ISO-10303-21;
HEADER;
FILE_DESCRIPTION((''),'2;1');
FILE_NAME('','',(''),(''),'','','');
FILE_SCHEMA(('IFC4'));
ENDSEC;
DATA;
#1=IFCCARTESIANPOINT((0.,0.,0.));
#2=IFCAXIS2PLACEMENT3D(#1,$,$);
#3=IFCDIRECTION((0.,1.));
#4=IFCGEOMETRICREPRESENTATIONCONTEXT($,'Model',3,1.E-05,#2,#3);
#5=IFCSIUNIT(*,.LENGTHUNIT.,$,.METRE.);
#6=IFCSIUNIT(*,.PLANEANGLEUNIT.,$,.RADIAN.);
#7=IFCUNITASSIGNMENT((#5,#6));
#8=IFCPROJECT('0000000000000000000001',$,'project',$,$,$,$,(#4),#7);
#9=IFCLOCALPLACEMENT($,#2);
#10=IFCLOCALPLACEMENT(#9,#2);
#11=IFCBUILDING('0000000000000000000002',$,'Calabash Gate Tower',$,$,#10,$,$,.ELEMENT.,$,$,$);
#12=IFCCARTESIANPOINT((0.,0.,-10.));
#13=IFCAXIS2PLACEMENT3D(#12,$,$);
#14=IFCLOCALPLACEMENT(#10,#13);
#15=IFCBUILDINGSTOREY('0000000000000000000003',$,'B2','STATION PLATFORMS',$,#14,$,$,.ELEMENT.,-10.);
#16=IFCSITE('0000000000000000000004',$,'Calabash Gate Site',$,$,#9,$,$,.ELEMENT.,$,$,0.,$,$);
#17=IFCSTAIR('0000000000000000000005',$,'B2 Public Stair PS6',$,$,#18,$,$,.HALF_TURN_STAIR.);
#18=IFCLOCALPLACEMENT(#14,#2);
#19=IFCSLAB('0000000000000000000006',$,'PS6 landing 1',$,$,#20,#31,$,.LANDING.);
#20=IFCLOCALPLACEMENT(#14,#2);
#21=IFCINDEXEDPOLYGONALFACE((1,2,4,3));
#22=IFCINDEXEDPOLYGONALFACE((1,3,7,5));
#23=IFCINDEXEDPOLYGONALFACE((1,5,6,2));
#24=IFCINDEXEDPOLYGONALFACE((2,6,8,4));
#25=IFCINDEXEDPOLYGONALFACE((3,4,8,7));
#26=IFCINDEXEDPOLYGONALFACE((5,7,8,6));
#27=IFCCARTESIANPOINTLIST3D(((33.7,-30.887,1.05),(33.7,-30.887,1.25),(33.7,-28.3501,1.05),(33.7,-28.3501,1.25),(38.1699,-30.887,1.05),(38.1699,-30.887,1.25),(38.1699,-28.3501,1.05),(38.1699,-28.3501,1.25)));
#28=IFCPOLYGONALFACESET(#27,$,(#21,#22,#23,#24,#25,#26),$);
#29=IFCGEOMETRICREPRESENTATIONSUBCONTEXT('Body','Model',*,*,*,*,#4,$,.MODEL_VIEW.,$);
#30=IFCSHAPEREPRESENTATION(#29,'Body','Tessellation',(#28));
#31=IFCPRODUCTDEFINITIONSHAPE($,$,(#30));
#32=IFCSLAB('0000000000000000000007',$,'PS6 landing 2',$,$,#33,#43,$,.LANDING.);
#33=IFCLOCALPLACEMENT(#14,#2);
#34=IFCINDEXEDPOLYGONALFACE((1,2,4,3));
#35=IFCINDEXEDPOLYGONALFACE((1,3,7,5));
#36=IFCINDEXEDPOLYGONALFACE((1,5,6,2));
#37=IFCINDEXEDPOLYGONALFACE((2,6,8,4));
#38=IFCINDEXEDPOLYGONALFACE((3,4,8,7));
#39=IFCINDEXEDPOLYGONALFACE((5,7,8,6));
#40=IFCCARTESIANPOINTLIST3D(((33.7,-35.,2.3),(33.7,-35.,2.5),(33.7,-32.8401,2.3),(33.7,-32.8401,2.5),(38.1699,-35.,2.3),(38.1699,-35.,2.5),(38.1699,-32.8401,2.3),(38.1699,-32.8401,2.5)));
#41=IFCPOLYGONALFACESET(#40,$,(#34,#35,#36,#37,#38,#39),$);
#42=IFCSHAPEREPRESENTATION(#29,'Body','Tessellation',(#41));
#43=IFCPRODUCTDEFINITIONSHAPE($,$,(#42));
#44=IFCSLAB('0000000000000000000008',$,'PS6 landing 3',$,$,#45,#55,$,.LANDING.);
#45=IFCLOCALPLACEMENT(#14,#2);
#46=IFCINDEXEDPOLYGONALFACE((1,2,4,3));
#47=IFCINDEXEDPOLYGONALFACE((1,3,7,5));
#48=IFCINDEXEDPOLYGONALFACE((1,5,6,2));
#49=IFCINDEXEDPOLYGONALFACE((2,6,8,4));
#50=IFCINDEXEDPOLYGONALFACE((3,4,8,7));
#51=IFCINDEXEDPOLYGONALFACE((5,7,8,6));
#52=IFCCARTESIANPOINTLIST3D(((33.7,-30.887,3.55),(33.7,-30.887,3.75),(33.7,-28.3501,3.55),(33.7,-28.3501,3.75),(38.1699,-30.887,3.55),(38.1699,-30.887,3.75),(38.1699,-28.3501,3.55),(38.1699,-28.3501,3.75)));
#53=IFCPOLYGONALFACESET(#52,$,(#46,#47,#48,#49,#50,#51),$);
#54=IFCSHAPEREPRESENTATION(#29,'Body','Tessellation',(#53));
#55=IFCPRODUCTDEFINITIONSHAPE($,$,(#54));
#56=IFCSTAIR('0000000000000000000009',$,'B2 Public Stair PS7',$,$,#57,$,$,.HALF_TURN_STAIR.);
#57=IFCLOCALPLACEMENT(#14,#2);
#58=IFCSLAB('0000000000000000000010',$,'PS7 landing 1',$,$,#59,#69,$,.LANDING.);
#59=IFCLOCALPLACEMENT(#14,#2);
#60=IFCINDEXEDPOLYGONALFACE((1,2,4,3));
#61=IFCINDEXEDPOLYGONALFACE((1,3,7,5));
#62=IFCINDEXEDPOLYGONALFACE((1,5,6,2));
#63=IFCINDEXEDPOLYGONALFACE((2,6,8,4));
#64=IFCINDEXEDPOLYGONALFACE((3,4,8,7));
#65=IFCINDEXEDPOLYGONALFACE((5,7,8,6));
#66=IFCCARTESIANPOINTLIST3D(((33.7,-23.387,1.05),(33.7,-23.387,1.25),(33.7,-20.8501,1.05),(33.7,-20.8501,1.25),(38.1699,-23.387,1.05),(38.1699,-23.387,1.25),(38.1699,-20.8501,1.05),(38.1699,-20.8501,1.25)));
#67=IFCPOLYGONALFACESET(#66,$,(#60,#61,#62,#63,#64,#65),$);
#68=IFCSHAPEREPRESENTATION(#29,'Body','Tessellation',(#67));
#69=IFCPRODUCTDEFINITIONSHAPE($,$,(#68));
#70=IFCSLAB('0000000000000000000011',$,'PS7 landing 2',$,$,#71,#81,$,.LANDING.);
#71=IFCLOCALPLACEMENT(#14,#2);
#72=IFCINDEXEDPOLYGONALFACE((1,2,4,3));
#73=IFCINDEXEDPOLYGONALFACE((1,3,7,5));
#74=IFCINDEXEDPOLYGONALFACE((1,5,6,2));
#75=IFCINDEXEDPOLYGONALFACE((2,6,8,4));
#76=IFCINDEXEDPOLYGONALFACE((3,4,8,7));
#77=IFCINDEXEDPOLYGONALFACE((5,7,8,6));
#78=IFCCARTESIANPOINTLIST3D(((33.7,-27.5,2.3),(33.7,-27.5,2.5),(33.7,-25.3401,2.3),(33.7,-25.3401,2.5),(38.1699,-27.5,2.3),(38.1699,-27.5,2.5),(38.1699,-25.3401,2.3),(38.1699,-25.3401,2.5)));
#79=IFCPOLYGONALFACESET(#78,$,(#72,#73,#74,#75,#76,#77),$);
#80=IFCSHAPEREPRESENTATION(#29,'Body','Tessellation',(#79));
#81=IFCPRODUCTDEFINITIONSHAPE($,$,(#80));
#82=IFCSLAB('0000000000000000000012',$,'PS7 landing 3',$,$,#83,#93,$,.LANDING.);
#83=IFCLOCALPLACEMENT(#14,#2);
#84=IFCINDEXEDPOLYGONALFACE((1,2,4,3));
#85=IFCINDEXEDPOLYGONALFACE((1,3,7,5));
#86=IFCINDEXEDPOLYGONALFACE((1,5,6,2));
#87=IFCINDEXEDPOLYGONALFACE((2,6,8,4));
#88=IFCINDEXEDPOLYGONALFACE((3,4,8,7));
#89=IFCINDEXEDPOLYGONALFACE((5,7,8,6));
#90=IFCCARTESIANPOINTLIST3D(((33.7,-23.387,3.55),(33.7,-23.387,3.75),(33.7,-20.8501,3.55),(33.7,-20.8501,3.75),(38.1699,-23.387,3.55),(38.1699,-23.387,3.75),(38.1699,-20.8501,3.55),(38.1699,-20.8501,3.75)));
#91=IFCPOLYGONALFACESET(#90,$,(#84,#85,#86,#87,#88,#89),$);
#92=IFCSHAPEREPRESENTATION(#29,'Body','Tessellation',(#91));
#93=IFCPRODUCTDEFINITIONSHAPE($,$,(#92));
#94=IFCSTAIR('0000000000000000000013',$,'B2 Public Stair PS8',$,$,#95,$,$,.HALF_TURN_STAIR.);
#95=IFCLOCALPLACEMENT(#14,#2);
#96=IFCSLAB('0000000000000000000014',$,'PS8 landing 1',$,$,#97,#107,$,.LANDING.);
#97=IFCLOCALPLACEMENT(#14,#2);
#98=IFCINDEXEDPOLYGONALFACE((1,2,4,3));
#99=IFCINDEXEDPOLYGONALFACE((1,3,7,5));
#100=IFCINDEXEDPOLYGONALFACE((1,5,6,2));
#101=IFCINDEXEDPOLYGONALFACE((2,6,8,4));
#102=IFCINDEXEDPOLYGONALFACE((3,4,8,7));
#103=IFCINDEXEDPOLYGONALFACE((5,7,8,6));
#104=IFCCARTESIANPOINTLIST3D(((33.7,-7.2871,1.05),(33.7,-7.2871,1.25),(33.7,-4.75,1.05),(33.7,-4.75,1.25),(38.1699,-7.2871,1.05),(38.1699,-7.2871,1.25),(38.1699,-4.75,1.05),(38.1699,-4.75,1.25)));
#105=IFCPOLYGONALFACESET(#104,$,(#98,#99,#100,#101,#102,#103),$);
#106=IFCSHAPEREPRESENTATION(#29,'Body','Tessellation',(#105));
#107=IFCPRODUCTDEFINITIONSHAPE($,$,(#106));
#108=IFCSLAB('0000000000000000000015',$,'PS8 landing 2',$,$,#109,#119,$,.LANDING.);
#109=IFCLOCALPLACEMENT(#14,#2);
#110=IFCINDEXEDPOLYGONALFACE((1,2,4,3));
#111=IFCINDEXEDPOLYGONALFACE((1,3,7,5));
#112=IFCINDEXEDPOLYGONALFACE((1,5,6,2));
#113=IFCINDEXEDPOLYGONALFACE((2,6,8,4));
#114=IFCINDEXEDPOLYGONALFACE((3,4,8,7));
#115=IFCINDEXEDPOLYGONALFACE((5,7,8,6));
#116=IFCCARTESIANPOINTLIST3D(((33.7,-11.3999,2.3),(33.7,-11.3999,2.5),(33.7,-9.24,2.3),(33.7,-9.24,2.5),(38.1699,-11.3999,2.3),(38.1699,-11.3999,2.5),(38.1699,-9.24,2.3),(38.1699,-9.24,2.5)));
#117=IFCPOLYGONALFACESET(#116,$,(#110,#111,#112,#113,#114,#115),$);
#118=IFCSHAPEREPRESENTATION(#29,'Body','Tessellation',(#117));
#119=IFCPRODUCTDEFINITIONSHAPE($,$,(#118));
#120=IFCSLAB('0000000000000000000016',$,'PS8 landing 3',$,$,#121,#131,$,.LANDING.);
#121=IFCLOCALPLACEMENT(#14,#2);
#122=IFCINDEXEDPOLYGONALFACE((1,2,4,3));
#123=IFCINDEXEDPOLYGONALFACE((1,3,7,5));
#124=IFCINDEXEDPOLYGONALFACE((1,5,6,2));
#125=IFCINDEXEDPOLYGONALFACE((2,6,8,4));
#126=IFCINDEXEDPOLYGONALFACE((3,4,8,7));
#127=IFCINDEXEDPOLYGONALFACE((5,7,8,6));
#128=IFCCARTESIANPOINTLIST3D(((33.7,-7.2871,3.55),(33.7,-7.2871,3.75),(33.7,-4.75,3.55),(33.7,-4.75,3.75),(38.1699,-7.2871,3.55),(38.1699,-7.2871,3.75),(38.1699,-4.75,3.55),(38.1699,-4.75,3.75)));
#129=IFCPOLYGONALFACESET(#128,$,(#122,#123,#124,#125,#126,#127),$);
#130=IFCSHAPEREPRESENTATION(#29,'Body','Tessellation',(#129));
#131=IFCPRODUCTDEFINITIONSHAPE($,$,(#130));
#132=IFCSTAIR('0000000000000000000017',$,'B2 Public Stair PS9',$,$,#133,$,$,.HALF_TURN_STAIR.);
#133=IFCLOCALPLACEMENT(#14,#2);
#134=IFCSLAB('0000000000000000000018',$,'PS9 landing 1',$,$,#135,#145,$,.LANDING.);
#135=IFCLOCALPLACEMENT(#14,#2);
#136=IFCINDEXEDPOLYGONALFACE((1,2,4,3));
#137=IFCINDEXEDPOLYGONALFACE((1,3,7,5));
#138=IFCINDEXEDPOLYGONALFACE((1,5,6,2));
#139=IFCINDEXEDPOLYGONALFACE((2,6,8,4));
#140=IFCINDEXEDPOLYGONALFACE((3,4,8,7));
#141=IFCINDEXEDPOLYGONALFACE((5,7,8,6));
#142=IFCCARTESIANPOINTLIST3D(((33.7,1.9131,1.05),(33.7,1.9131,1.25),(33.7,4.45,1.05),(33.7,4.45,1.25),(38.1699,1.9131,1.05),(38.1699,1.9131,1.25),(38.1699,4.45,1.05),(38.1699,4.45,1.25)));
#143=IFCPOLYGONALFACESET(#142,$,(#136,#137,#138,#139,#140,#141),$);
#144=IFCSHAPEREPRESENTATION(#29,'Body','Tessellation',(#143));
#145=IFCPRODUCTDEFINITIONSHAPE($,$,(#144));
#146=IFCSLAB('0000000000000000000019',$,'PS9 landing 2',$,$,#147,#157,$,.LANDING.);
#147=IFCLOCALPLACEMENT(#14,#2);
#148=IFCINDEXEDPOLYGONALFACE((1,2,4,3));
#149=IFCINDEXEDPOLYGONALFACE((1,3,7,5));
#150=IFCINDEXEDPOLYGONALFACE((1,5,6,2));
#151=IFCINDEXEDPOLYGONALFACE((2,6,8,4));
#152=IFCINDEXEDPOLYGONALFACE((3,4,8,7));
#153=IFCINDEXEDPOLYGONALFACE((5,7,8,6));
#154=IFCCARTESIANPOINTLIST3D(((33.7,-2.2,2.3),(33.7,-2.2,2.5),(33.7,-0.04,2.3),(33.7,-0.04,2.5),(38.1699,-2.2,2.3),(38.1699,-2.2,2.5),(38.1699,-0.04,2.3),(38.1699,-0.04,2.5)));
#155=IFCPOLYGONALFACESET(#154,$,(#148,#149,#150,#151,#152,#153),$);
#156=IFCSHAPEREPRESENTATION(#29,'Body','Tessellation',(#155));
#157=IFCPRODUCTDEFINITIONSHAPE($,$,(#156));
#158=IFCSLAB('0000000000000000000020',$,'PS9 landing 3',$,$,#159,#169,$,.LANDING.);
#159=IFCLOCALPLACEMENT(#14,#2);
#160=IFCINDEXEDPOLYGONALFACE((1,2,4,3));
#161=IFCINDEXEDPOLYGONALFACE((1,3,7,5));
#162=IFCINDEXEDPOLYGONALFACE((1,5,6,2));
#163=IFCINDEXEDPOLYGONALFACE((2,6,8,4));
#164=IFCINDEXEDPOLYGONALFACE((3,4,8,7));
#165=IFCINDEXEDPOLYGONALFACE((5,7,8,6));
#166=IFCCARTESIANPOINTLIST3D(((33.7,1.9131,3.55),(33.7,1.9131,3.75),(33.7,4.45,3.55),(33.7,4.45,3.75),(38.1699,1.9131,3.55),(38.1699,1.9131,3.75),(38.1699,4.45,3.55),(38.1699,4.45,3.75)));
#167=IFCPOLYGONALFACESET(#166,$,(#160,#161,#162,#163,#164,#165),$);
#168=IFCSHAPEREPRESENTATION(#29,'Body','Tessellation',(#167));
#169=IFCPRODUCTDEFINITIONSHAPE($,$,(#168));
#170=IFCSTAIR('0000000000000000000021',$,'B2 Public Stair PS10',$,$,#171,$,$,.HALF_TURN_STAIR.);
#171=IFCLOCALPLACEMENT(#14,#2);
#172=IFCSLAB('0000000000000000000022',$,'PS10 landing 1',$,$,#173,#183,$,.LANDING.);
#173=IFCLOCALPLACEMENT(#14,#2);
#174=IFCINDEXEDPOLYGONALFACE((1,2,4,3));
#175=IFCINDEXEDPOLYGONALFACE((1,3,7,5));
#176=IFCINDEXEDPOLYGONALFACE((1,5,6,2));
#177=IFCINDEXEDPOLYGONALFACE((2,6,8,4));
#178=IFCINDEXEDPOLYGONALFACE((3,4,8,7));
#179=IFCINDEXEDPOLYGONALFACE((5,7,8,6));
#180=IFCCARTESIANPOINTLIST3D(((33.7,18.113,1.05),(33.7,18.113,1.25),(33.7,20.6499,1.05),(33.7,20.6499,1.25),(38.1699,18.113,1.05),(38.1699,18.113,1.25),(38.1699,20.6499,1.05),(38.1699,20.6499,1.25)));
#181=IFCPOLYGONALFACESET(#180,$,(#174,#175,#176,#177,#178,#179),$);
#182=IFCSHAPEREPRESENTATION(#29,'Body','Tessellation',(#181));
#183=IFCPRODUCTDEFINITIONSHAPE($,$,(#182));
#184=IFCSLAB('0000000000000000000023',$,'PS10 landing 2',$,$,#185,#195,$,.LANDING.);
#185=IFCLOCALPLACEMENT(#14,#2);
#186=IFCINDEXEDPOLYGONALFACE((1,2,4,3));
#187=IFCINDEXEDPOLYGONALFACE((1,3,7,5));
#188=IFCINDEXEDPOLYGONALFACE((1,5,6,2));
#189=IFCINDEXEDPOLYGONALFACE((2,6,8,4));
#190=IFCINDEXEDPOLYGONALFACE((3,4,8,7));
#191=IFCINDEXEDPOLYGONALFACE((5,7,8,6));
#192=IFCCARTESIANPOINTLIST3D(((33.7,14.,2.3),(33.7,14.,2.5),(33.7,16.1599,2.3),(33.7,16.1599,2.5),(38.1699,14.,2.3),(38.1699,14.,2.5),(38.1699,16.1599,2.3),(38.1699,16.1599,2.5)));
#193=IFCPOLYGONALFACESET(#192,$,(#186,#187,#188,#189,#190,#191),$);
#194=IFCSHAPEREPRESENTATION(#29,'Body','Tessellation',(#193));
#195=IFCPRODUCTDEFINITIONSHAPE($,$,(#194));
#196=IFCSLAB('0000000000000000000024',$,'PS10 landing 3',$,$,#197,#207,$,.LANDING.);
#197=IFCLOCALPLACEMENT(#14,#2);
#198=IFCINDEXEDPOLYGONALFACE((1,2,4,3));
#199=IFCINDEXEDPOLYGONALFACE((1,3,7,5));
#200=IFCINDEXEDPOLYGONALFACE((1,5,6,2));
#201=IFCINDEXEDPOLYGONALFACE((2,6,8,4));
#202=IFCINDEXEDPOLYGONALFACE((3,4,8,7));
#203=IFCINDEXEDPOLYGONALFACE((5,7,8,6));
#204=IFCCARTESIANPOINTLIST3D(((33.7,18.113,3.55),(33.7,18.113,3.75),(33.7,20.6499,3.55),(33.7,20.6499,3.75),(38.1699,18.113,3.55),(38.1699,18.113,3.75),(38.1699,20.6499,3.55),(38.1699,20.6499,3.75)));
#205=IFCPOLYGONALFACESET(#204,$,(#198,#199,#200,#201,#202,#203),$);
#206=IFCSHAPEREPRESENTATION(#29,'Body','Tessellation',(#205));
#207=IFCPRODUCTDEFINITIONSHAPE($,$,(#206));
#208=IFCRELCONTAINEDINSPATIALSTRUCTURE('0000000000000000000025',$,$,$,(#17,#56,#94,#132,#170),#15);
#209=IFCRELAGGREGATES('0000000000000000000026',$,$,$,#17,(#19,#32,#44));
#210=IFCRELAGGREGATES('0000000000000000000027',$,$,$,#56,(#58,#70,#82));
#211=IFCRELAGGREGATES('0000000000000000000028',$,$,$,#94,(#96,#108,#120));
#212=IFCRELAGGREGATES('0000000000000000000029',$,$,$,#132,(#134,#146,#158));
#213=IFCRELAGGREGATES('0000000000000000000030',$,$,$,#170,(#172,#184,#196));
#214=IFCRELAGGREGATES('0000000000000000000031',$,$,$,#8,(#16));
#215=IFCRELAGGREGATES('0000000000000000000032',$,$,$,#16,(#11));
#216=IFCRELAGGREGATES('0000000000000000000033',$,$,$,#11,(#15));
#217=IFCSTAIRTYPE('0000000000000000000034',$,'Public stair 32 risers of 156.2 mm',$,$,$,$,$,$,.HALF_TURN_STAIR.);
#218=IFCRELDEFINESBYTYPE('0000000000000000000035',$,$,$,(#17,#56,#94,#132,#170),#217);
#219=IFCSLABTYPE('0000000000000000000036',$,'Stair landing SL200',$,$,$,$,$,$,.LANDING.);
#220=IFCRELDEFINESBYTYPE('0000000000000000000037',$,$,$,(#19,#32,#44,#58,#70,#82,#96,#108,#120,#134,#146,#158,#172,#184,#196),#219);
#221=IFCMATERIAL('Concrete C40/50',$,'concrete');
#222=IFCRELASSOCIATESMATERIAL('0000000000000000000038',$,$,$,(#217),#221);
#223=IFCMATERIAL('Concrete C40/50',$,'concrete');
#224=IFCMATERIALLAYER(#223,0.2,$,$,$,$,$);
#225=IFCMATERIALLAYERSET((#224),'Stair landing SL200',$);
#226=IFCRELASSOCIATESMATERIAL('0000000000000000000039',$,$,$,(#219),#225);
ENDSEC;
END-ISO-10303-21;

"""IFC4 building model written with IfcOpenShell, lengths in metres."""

from ifc_helpers import new_model, si_unit, direction, frame, origin, place, context, subcontext, project, spatial, polyline, outline, extrude, material, layer, layer_set, type_object, element, aggregate, save


model = new_model("IFC4")

# Units and contexts
model_context = context("Model", 3, precision=1e-05, world=origin(), true_north=direction((0.0, 1.0)))
body_context = subcontext(model_context, "Body", "Model", "MODEL_VIEW")
ifc_project = project(units=[si_unit("LENGTHUNIT", "METRE"), si_unit("PLANEANGLEUNIT", "RADIAN")], contexts=[model_context])

# Site, building, storey
site_placement = place(None, origin())
site = spatial("IfcSite", under=ifc_project, at=site_placement, Name="Calabash Gate Site", CompositionType="ELEMENT", RefElevation=0.0)
building_placement = place(site_placement, origin())
building = spatial("IfcBuilding", under=site, at=building_placement, Name="Calabash Gate Tower", CompositionType="ELEMENT")
storey_placement = place(building_placement, frame((0.0, 0.0, -10.0)))
storey = spatial("IfcBuildingStorey", under=building, at=storey_placement, Name="B2", Description="STATION PLATFORMS", CompositionType="ELEMENT", Elevation=-10.0)

# Shared definitions
ifc_material_1 = material(Name="Concrete C40/50", Category="concrete")
stair_type = type_object("IfcStairType", Name="Public stair 32 risers of 156.2 mm", PredefinedType="HALF_TURN_STAIR", material=ifc_material_1)
ifc_material_2 = material(Name="Concrete C40/50", Category="concrete")
ifc_layer_1 = layer(ifc_material_2, 0.2)
ifc_layer_set_1 = layer_set([ifc_layer_1], Name="Stair landing SL200")
slab_type = type_object("IfcSlabType", Name="Stair landing SL200", PredefinedType="LANDING", material=ifc_layer_set_1)

# Stairs, slabs
stair_1_placement = place(storey_placement, origin())
stair_1 = element("IfcStair", 1, at=stair_1_placement, inside=storey, type_object=stair_type, Name="B2 Public Stair PS6", PredefinedType="HALF_TURN_STAIR")
slab_1_placement = place(storey_placement, frame((0.0, 0.0, 1.05)))
slab_1 = element("IfcSlab", 2, at=slab_1_placement, type_object=slab_type, Name="PS6 landing 1", PredefinedType="LANDING", context=body_context, shape_type="SweptSolid", body=[
    extrude(outline(polyline([(38.1699, -30.887), (38.1699, -28.3501), (33.7, -28.3501), (33.7, -30.887), (38.1699, -30.887)])), origin(), (0.0, 0.0, 1.0), 0.2),
])
slab_2_placement = place(storey_placement, frame((0.0, 0.0, 2.3)))
slab_2 = element("IfcSlab", 3, at=slab_2_placement, type_object=slab_type, Name="PS6 landing 2", PredefinedType="LANDING", context=body_context, shape_type="SweptSolid", body=[
    extrude(outline(polyline([(38.1699, -35.0), (38.1699, -32.8401), (33.7, -32.8401), (33.7, -35.0), (38.1699, -35.0)])), origin(), (0.0, 0.0, 1.0), 0.2),
])
slab_3_placement = place(storey_placement, frame((0.0, 0.0, 3.55)))
slab_3 = element("IfcSlab", 4, at=slab_3_placement, type_object=slab_type, Name="PS6 landing 3", PredefinedType="LANDING", context=body_context, shape_type="SweptSolid", body=[
    extrude(outline(polyline([(38.1699, -30.887), (38.1699, -28.3501), (33.7, -28.3501), (33.7, -30.887), (38.1699, -30.887)])), origin(), (0.0, 0.0, 1.0), 0.2),
])
aggregate(stair_1, [slab_1, slab_2, slab_3])
stair_2_placement = place(storey_placement, origin())
stair_2 = element("IfcStair", 5, at=stair_2_placement, inside=storey, type_object=stair_type, Name="B2 Public Stair PS7", PredefinedType="HALF_TURN_STAIR")
slab_4_placement = place(storey_placement, frame((0.0, 0.0, 1.05)))
slab_4 = element("IfcSlab", 6, at=slab_4_placement, type_object=slab_type, Name="PS7 landing 1", PredefinedType="LANDING", context=body_context, shape_type="SweptSolid", body=[
    extrude(outline(polyline([(38.1699, -23.387), (38.1699, -20.8501), (33.7, -20.8501), (33.7, -23.387), (38.1699, -23.387)])), origin(), (0.0, 0.0, 1.0), 0.2),
])
slab_5_placement = place(storey_placement, frame((0.0, 0.0, 2.3)))
slab_5 = element("IfcSlab", 7, at=slab_5_placement, type_object=slab_type, Name="PS7 landing 2", PredefinedType="LANDING", context=body_context, shape_type="SweptSolid", body=[
    extrude(outline(polyline([(38.1699, -27.5), (38.1699, -25.3401), (33.7, -25.3401), (33.7, -27.5), (38.1699, -27.5)])), origin(), (0.0, 0.0, 1.0), 0.2),
])
slab_6_placement = place(storey_placement, frame((0.0, 0.0, 3.55)))
slab_6 = element("IfcSlab", 8, at=slab_6_placement, type_object=slab_type, Name="PS7 landing 3", PredefinedType="LANDING", context=body_context, shape_type="SweptSolid", body=[
    extrude(outline(polyline([(38.1699, -23.387), (38.1699, -20.8501), (33.7, -20.8501), (33.7, -23.387), (38.1699, -23.387)])), origin(), (0.0, 0.0, 1.0), 0.2),
])
aggregate(stair_2, [slab_4, slab_5, slab_6])
stair_3_placement = place(storey_placement, origin())
stair_3 = element("IfcStair", 9, at=stair_3_placement, inside=storey, type_object=stair_type, Name="B2 Public Stair PS8", PredefinedType="HALF_TURN_STAIR")
slab_7_placement = place(storey_placement, frame((0.0, 0.0, 1.05)))
slab_7 = element("IfcSlab", 10, at=slab_7_placement, type_object=slab_type, Name="PS8 landing 1", PredefinedType="LANDING", context=body_context, shape_type="SweptSolid", body=[
    extrude(outline(polyline([(38.1699, -7.2871), (38.1699, -4.75), (33.7, -4.75), (33.7, -7.2871), (38.1699, -7.2871)])), origin(), (0.0, 0.0, 1.0), 0.2),
])
slab_8_placement = place(storey_placement, frame((0.0, 0.0, 2.3)))
slab_8 = element("IfcSlab", 11, at=slab_8_placement, type_object=slab_type, Name="PS8 landing 2", PredefinedType="LANDING", context=body_context, shape_type="SweptSolid", body=[
    extrude(outline(polyline([(38.1699, -11.3999), (38.1699, -9.24), (33.7, -9.24), (33.7, -11.3999), (38.1699, -11.3999)])), origin(), (0.0, 0.0, 1.0), 0.2),
])
slab_9_placement = place(storey_placement, frame((0.0, 0.0, 3.55)))
slab_9 = element("IfcSlab", 12, at=slab_9_placement, type_object=slab_type, Name="PS8 landing 3", PredefinedType="LANDING", context=body_context, shape_type="SweptSolid", body=[
    extrude(outline(polyline([(38.1699, -7.2871), (38.1699, -4.75), (33.7, -4.75), (33.7, -7.2871), (38.1699, -7.2871)])), origin(), (0.0, 0.0, 1.0), 0.2),
])
aggregate(stair_3, [slab_7, slab_8, slab_9])
stair_4_placement = place(storey_placement, origin())
stair_4 = element("IfcStair", 13, at=stair_4_placement, inside=storey, type_object=stair_type, Name="B2 Public Stair PS9", PredefinedType="HALF_TURN_STAIR")
slab_10_placement = place(storey_placement, frame((0.0, 0.0, 1.05)))
slab_10 = element("IfcSlab", 14, at=slab_10_placement, type_object=slab_type, Name="PS9 landing 1", PredefinedType="LANDING", context=body_context, shape_type="SweptSolid", body=[
    extrude(outline(polyline([(38.1699, 1.9131), (38.1699, 4.45), (33.7, 4.45), (33.7, 1.9131), (38.1699, 1.9131)])), origin(), (0.0, 0.0, 1.0), 0.2),
])
slab_11_placement = place(storey_placement, frame((0.0, 0.0, 2.3)))
slab_11 = element("IfcSlab", 15, at=slab_11_placement, type_object=slab_type, Name="PS9 landing 2", PredefinedType="LANDING", context=body_context, shape_type="SweptSolid", body=[
    extrude(outline(polyline([(38.1699, -2.2), (38.1699, -0.04), (33.7, -0.04), (33.7, -2.2), (38.1699, -2.2)])), origin(), (0.0, 0.0, 1.0), 0.2),
])
slab_12_placement = place(storey_placement, frame((0.0, 0.0, 3.55)))
slab_12 = element("IfcSlab", 16, at=slab_12_placement, type_object=slab_type, Name="PS9 landing 3", PredefinedType="LANDING", context=body_context, shape_type="SweptSolid", body=[
    extrude(outline(polyline([(38.1699, 1.9131), (38.1699, 4.45), (33.7, 4.45), (33.7, 1.9131), (38.1699, 1.9131)])), origin(), (0.0, 0.0, 1.0), 0.2),
])
aggregate(stair_4, [slab_10, slab_11, slab_12])
stair_5_placement = place(storey_placement, origin())
stair_5 = element("IfcStair", 17, at=stair_5_placement, inside=storey, type_object=stair_type, Name="B2 Public Stair PS10", PredefinedType="HALF_TURN_STAIR")
slab_13_placement = place(storey_placement, frame((0.0, 0.0, 1.05)))
slab_13 = element("IfcSlab", 18, at=slab_13_placement, type_object=slab_type, Name="PS10 landing 1", PredefinedType="LANDING", context=body_context, shape_type="SweptSolid", body=[
    extrude(outline(polyline([(38.1699, 18.113), (38.1699, 20.6499), (33.7, 20.6499), (33.7, 18.113), (38.1699, 18.113)])), origin(), (0.0, 0.0, 1.0), 0.2),
])
slab_14_placement = place(storey_placement, frame((0.0, 0.0, 2.3)))
slab_14 = element("IfcSlab", 19, at=slab_14_placement, type_object=slab_type, Name="PS10 landing 2", PredefinedType="LANDING", context=body_context, shape_type="SweptSolid", body=[
    extrude(outline(polyline([(38.1699, 14.0), (38.1699, 16.1599), (33.7, 16.1599), (33.7, 14.0), (38.1699, 14.0)])), origin(), (0.0, 0.0, 1.0), 0.2),
])
slab_15_placement = place(storey_placement, frame((0.0, 0.0, 3.55)))
slab_15 = element("IfcSlab", 20, at=slab_15_placement, type_object=slab_type, Name="PS10 landing 3", PredefinedType="LANDING", context=body_context, shape_type="SweptSolid", body=[
    extrude(outline(polyline([(38.1699, 18.113), (38.1699, 20.6499), (33.7, 20.6499), (33.7, 18.113), (38.1699, 18.113)])), origin(), (0.0, 0.0, 1.0), 0.2),
])
aggregate(stair_5, [slab_13, slab_14, slab_15])

save(model, "model.ifc")
